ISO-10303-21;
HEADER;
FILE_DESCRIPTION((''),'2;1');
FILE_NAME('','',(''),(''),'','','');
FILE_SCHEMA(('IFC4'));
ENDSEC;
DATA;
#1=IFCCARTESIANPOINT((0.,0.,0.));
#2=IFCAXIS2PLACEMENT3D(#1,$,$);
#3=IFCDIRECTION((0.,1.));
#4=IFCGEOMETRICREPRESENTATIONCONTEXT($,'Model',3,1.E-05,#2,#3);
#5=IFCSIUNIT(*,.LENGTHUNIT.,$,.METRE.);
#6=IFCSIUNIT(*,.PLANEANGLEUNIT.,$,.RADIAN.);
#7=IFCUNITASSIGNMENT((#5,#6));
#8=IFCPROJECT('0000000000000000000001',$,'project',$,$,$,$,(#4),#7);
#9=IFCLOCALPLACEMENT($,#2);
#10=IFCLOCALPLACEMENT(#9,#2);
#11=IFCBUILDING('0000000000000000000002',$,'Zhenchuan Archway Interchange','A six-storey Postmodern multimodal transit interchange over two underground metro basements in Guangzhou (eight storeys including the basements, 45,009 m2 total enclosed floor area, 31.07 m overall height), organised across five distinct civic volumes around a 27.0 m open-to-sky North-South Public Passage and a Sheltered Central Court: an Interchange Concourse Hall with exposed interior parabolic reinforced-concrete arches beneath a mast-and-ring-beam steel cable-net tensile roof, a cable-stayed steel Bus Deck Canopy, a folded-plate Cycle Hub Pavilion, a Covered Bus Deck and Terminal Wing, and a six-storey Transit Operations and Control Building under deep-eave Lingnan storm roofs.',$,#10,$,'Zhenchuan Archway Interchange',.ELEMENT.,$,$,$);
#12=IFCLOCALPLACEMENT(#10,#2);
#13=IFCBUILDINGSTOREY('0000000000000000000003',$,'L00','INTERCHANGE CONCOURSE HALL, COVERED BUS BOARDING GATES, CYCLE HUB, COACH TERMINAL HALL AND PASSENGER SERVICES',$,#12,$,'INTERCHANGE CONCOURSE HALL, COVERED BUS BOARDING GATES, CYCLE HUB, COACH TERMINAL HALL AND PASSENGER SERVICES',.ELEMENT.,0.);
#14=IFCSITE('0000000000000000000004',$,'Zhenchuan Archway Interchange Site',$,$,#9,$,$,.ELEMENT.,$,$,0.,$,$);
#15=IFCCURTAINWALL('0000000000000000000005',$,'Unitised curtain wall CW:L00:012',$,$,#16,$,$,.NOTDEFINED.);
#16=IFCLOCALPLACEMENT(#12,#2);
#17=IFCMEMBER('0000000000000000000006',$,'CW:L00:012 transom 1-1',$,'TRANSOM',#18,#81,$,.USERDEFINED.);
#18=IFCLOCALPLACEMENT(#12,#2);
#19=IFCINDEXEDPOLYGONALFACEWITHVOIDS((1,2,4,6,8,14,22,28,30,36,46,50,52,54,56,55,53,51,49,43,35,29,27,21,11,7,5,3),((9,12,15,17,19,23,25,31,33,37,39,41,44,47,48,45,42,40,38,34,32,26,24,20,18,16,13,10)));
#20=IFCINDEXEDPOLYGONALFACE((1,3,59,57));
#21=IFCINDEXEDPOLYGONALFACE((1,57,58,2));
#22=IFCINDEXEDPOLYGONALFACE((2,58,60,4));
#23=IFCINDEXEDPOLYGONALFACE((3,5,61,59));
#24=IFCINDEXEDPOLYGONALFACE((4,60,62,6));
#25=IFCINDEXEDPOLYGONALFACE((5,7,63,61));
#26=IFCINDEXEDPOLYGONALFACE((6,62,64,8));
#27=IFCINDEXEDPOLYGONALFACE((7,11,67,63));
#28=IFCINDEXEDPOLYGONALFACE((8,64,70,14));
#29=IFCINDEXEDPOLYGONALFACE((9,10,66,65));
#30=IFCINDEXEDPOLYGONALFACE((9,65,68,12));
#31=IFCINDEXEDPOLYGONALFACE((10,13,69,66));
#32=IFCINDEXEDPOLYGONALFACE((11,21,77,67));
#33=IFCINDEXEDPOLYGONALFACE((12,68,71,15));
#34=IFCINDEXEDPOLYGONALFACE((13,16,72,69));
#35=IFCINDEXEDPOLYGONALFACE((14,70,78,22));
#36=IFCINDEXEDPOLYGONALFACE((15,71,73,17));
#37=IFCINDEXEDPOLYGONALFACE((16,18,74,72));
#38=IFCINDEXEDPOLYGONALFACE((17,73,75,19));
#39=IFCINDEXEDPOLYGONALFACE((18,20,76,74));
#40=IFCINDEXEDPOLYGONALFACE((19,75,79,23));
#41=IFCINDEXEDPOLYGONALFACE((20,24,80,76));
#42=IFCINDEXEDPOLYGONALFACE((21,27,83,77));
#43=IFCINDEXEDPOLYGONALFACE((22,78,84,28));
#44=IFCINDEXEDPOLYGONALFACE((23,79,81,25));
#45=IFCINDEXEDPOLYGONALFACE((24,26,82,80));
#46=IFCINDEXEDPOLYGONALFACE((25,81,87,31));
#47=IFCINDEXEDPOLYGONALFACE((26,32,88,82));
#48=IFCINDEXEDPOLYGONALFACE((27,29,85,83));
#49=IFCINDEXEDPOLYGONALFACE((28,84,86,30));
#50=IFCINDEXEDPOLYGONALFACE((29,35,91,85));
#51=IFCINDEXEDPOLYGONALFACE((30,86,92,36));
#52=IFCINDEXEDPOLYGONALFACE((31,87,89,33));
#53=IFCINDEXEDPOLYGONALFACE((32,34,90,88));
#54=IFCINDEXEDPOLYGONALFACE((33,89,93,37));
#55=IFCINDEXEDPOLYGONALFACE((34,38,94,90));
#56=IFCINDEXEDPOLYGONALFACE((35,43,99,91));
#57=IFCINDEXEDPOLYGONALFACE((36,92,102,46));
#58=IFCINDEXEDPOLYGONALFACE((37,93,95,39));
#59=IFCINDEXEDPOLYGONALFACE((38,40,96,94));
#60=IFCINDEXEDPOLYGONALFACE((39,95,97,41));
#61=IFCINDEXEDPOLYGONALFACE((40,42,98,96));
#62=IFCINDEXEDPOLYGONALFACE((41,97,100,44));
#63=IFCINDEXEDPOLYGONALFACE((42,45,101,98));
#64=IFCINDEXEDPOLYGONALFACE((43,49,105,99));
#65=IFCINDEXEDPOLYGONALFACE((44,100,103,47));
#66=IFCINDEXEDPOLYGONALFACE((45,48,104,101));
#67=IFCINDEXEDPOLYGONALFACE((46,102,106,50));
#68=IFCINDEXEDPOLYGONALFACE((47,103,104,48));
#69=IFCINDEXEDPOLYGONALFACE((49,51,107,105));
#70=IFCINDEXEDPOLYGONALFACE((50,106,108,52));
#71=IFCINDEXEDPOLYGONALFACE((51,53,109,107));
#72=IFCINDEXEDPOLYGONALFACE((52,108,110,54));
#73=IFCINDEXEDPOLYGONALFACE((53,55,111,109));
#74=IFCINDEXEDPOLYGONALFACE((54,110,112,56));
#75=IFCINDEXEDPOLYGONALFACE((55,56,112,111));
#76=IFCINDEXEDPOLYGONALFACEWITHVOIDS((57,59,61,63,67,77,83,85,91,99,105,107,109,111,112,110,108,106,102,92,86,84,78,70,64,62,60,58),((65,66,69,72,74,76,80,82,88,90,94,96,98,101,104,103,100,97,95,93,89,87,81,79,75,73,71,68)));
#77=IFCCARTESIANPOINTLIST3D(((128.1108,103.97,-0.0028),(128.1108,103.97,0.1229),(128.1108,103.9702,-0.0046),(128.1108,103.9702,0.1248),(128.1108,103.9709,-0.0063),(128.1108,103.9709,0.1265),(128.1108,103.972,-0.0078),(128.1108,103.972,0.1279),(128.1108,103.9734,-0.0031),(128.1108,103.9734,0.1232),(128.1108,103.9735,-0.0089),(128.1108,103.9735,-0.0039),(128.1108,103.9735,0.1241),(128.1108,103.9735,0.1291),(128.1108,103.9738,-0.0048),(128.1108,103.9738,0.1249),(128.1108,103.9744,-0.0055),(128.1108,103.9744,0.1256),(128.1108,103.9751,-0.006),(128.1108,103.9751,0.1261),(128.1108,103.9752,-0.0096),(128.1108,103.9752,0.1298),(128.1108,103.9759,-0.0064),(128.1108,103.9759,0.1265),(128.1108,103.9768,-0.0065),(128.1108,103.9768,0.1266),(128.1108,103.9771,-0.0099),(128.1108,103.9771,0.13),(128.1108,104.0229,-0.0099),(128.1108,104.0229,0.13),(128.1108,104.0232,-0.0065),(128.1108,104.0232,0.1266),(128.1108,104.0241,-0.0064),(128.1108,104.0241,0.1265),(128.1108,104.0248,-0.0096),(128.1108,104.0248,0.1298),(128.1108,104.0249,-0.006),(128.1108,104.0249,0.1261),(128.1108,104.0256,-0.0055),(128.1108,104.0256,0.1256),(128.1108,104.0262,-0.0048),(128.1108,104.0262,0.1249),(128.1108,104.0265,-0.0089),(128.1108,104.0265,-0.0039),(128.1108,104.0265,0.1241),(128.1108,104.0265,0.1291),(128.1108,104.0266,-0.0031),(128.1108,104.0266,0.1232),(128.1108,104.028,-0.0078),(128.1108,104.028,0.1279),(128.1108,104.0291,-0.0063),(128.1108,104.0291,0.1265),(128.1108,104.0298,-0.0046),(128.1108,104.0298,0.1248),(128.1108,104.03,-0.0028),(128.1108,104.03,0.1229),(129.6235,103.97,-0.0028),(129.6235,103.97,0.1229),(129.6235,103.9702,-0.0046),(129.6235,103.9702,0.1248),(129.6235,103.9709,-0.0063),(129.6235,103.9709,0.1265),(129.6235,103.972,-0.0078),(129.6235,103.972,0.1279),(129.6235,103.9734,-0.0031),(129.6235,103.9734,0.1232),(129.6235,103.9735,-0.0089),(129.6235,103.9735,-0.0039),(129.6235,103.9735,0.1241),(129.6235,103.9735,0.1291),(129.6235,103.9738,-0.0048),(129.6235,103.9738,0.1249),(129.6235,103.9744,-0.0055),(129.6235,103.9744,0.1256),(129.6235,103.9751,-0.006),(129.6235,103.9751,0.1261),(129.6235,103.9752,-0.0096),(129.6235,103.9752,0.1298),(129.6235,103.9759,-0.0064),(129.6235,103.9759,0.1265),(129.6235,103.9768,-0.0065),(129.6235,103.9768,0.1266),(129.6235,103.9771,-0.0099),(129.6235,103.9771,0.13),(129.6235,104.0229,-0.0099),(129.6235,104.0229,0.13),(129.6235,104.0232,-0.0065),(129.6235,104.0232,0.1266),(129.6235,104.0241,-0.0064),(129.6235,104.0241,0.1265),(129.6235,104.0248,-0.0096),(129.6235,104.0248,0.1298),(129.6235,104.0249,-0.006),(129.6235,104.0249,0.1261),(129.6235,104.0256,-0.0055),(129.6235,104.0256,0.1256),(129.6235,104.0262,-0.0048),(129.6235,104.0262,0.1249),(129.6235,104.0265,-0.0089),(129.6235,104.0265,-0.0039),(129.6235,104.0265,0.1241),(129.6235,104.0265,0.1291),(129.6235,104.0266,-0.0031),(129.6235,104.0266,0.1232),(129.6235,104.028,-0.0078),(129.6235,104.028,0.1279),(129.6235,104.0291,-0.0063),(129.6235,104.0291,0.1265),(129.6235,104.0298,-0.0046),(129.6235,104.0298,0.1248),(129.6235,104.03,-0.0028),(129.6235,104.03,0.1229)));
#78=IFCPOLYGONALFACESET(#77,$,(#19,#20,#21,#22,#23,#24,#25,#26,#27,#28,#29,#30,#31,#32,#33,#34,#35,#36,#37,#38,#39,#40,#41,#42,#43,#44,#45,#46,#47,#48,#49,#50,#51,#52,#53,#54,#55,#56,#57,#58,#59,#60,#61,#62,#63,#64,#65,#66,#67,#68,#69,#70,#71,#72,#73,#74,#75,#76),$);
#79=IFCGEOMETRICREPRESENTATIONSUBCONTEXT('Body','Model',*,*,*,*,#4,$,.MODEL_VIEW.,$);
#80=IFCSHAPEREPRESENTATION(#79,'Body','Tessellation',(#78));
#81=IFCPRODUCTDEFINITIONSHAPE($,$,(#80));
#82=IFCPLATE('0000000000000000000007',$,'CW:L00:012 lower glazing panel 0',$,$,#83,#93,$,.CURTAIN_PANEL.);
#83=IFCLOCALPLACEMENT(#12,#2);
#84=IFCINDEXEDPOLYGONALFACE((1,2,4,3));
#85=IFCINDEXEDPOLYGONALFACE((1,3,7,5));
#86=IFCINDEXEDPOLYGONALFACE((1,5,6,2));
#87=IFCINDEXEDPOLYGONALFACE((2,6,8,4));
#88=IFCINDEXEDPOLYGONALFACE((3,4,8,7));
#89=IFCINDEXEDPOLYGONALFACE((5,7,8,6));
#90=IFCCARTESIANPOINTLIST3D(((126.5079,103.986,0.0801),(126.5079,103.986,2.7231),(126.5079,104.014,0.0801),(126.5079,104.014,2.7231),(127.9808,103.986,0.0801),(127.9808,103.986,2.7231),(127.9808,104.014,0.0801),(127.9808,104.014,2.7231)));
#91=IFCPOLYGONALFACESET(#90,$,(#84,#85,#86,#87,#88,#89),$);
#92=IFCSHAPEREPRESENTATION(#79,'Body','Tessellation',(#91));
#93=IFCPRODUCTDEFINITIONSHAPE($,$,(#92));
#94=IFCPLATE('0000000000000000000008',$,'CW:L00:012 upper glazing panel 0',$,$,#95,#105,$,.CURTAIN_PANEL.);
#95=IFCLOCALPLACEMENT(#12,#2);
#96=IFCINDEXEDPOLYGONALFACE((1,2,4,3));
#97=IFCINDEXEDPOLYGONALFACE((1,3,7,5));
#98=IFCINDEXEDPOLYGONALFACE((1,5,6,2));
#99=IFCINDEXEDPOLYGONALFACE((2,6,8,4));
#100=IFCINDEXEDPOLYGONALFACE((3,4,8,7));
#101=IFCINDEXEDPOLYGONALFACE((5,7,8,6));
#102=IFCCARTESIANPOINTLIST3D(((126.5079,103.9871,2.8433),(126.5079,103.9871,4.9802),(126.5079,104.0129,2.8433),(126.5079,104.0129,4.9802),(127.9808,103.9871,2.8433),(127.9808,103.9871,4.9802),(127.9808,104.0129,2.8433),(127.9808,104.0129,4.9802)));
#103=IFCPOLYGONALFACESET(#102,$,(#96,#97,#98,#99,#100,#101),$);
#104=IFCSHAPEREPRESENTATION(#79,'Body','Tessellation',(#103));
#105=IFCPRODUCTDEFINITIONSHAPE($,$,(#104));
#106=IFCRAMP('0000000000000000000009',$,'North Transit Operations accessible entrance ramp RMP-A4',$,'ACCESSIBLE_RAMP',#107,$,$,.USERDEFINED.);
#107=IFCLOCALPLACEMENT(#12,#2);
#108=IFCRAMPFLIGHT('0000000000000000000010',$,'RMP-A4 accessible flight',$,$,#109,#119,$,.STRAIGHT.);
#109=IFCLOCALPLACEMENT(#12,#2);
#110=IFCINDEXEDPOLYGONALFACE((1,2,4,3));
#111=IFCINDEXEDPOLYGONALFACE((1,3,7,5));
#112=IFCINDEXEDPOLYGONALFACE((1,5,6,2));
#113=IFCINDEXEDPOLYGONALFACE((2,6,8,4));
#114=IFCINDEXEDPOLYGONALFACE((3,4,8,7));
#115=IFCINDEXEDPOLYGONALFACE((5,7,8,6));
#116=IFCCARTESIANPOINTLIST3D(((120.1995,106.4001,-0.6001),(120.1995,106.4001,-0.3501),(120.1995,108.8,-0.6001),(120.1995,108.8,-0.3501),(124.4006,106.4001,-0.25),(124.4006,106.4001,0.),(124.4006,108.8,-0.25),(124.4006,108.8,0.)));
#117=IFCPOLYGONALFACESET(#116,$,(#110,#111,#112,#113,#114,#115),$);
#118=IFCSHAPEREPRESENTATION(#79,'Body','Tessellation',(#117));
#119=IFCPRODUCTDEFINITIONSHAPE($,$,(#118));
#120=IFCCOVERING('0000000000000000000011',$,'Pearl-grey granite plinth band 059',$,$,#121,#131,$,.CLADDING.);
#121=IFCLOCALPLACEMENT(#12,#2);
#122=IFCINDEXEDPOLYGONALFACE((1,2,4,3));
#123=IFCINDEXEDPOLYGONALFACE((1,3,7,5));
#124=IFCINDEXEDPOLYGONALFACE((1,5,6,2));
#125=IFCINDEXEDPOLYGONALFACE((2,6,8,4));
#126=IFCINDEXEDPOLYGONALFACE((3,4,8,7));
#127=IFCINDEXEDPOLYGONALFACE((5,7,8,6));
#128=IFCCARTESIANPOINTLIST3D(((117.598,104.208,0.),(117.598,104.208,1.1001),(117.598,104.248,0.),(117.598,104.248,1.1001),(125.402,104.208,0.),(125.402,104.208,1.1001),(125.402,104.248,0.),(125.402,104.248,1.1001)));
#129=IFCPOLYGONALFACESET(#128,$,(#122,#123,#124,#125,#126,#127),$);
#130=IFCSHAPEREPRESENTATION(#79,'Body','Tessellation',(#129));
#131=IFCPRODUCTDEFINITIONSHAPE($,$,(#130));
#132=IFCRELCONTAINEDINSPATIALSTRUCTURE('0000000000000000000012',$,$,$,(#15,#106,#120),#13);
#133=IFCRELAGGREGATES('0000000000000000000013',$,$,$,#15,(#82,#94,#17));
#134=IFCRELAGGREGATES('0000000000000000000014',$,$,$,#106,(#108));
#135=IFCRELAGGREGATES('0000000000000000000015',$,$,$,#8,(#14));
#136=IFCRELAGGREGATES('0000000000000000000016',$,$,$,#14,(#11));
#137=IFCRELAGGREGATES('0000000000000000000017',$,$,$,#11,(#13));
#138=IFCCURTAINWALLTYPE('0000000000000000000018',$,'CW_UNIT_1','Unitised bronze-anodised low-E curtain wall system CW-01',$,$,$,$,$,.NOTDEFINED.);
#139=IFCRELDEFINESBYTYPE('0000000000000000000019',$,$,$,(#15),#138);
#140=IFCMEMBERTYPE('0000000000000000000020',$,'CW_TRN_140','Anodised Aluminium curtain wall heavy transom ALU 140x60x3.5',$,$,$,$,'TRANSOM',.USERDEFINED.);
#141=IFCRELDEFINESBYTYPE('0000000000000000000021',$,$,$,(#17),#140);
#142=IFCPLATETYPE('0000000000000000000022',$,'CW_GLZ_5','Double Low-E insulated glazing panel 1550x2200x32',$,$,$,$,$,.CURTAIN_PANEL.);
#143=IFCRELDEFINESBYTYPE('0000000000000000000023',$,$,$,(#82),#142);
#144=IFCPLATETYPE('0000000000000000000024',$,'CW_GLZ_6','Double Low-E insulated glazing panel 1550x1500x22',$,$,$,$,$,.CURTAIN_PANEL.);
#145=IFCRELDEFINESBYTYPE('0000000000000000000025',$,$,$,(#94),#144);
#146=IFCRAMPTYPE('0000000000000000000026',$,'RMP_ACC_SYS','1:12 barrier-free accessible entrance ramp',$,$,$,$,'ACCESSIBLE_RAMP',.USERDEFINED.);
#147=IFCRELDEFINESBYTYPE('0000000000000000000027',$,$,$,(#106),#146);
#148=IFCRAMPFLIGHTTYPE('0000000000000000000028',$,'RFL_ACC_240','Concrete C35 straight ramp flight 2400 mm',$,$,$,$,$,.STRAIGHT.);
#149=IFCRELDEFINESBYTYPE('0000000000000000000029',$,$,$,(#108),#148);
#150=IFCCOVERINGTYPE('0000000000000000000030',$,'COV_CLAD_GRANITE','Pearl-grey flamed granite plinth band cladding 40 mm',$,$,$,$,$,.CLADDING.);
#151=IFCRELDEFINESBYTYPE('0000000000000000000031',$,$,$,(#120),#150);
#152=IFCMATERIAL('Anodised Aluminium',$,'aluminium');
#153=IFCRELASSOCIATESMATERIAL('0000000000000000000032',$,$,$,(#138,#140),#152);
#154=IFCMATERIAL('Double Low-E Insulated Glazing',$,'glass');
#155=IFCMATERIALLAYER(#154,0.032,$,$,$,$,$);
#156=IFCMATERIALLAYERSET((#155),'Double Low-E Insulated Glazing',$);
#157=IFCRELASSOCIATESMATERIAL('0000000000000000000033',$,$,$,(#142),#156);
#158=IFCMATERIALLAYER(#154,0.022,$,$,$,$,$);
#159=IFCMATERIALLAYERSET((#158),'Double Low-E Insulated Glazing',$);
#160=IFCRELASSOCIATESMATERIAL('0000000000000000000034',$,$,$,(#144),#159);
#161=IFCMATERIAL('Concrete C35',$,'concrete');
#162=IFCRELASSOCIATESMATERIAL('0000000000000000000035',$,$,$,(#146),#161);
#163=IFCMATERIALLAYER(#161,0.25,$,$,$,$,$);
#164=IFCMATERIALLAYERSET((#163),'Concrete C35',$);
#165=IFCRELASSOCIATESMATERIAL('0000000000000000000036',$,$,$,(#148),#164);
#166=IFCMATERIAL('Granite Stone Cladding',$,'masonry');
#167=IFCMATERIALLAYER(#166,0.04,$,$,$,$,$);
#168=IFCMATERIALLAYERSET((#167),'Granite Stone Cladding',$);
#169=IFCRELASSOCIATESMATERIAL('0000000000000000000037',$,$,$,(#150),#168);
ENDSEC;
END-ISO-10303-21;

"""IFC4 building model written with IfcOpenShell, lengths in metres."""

from ifc_helpers import new_model, si_unit, direction, frame, origin, origin_2d, place, context, subcontext, project, spatial, polyline, rectangle, hollow_rectangle, outline, extrude, material, layer, layer_set, material_profile, profile_set, type_object, element, aggregate, save


model = new_model("IFC4")

# Units and contexts
model_context = context("Model", 3, precision=1e-05, world=origin(), true_north=direction((0.0, 1.0)))
body_context = subcontext(model_context, "Body", "Model", "MODEL_VIEW")
ifc_project = project(units=[si_unit("LENGTHUNIT", "METRE"), si_unit("PLANEANGLEUNIT", "RADIAN")], contexts=[model_context])

# Site, building, storey
site_placement = place(None, origin())
site = spatial("IfcSite", under=ifc_project, at=site_placement, Name="Zhenchuan Archway Interchange Site", CompositionType="ELEMENT", RefElevation=0.0)
building_placement = place(site_placement, origin())
building = spatial("IfcBuilding", under=site, at=building_placement, Name="Zhenchuan Archway Interchange", Description="A six-storey Postmodern multimodal transit interchange over two underground metro basements in Guangzhou (eight storeys including the basements, 45,009 m2 total enclosed floor area, 31.07 m overall height), organised across five distinct civic volumes around a 27.0 m open-to-sky North-South Public Passage and a Sheltered Central Court: an Interchange Concourse Hall with exposed interior parabolic reinforced-concrete arches beneath a mast-and-ring-beam steel cable-net tensile roof, a cable-stayed steel Bus Deck Canopy, a folded-plate Cycle Hub Pavilion, a Covered Bus Deck and Terminal Wing, and a six-storey Transit Operations and Control Building under deep-eave Lingnan storm roofs.", LongName="Zhenchuan Archway Interchange", CompositionType="ELEMENT")
storey_placement = place(building_placement, origin())
storey = spatial("IfcBuildingStorey", under=building, at=storey_placement, Name="L00", Description="INTERCHANGE CONCOURSE HALL, COVERED BUS BOARDING GATES, CYCLE HUB, COACH TERMINAL HALL AND PASSENGER SERVICES", LongName="INTERCHANGE CONCOURSE HALL, COVERED BUS BOARDING GATES, CYCLE HUB, COACH TERMINAL HALL AND PASSENGER SERVICES", CompositionType="ELEMENT", Elevation=0.0)

# Shared definitions
ifc_material_1 = material(Name="Concrete C35", Category="concrete")

# Curtain wall, member, plates
ifc_material_2 = material(Name="Anodised Aluminium", Category="aluminium")
curtain_wall_type = type_object("IfcCurtainWallType", Name="CW_UNIT_1", Description="Unitised bronze-anodised low-E curtain wall system CW-01", PredefinedType="NOTDEFINED", material=ifc_material_2)
curtain_wall_placement = place(storey_placement, origin())
curtain_wall = element("IfcCurtainWall", 1, at=curtain_wall_placement, inside=storey, type_object=curtain_wall_type, Name="Unitised curtain wall CW:L00:012", PredefinedType="NOTDEFINED")
ifc_material_profile_1 = material_profile(ifc_material_2, hollow_rectangle(XDim=0.0601, YDim=0.1399, WallThickness=0.0034, InnerFilletRadius=0.0034, OuterFilletRadius=0.0071, at=origin_2d()), Name="ALU 140x60x3.5")
ifc_profile_set_1 = profile_set([ifc_material_profile_1], Name="Anodised Aluminium")
member_type_1 = type_object("IfcMemberType", Name="CW_TRN_140", Description="Anodised Aluminium curtain wall heavy transom ALU 140x60x3.5", ElementType="TRANSOM", PredefinedType="USERDEFINED", material=ifc_profile_set_1)
member_1_placement = place(storey_placement, frame((128.1108, 104.0, 0.0601), z_axis=(1.0, 0.0, 0.0), x_axis=(0.0, 1.0, 0.0)))
member_1 = element("IfcMember", 2, at=member_1_placement, type_object=member_type_1, Name="CW:L00:012 transom 1-1", ObjectType="TRANSOM", PredefinedType="USERDEFINED", context=body_context, shape_type="SweptSolid", body=[
    extrude(hollow_rectangle(XDim=0.0601, YDim=0.1399, WallThickness=0.0034, InnerFilletRadius=0.0034, OuterFilletRadius=0.0071, at=origin_2d()), origin(), (0.0, 0.0, 1.0), 1.5127),
])
ifc_material_3 = material(Name="Double Low-E Insulated Glazing", Category="glass")
ifc_layer_1 = layer(ifc_material_3, 0.032)
ifc_layer_set_1 = layer_set([ifc_layer_1], Name="Double Low-E Insulated Glazing")
plate_type_1 = type_object("IfcPlateType", Name="CW_GLZ_5", Description="Double Low-E insulated glazing panel 1550x2200x32", PredefinedType="CURTAIN_PANEL", material=ifc_layer_set_1)
plate_1_placement = place(storey_placement, frame((127.2444, 104.0, 0.0801), z_axis=(0.0, 0.0, 1.0), x_axis=(1.0, 0.0, 0.0)))
plate_1 = element("IfcPlate", 3, at=plate_1_placement, type_object=plate_type_1, Name="CW:L00:012 lower glazing panel 0", PredefinedType="CURTAIN_PANEL", context=body_context, shape_type="SweptSolid", body=[
    extrude(rectangle(XDim=1.4729, YDim=0.0281, at=origin_2d()), origin(), (0.0, 0.0, 1.0), 2.6431),
])
ifc_layer_2 = layer(ifc_material_3, 0.022)
ifc_layer_set_2 = layer_set([ifc_layer_2], Name="Double Low-E Insulated Glazing")
plate_type_2 = type_object("IfcPlateType", Name="CW_GLZ_6", Description="Double Low-E insulated glazing panel 1550x1500x22", PredefinedType="CURTAIN_PANEL", material=ifc_layer_set_2)
plate_2_placement = place(storey_placement, frame((127.2444, 104.0, 2.8433), z_axis=(0.0, 0.0, 1.0), x_axis=(1.0, 0.0, 0.0)))
plate_2 = element("IfcPlate", 4, at=plate_2_placement, type_object=plate_type_2, Name="CW:L00:012 upper glazing panel 0", PredefinedType="CURTAIN_PANEL", context=body_context, shape_type="SweptSolid", body=[
    extrude(rectangle(XDim=1.4729, YDim=0.0259, at=origin_2d()), origin(), (0.0, 0.0, 1.0), 2.137),
])
aggregate(curtain_wall, [plate_1, plate_2, member_1])

# Ramp, ramp flight
ramp_type = type_object("IfcRampType", Name="RMP_ACC_SYS", Description="1:12 barrier-free accessible entrance ramp", ElementType="ACCESSIBLE_RAMP", PredefinedType="USERDEFINED", material=ifc_material_1)
ramp_placement = place(storey_placement, origin())
ramp = element("IfcRamp", 5, at=ramp_placement, inside=storey, type_object=ramp_type, Name="North Transit Operations accessible entrance ramp RMP-A4", ObjectType="ACCESSIBLE_RAMP", PredefinedType="USERDEFINED")
ifc_layer_3 = layer(ifc_material_1, 0.25)
ifc_layer_set_3 = layer_set([ifc_layer_3], Name="Concrete C35")
ramp_flight_type = type_object("IfcRampFlightType", Name="RFL_ACC_240", Description="Concrete C35 straight ramp flight 2400 mm", PredefinedType="STRAIGHT", material=ifc_layer_set_3)
ramp_flight_placement = place(storey_placement, frame((120.1995, 107.6001, -0.3501), z_axis=(0.0, 0.0, 1.0), x_axis=(1.0, 0.0, 0.0)))
ramp_flight = element("IfcRampFlight", 6, at=ramp_flight_placement, type_object=ramp_flight_type, Name="RMP-A4 accessible flight", PredefinedType="STRAIGHT", context=body_context, shape_type="SweptSolid", body=[
    extrude(outline(polyline([(0.0, 0.0), (4.2012, 0.3501), (4.2012, 0.1001), (0.0, -0.25), (0.0, 0.0)])), frame((0.0, 1.2, 0.0), z_axis=(0.0, -1.0, 0.0), x_axis=(1.0, 0.0, 0.0)), (0.0, 0.0, 1.0), 2.3999),
])
aggregate(ramp, [ramp_flight])

# Covering
ifc_material_4 = material(Name="Granite Stone Cladding", Category="masonry")
ifc_layer_4 = layer(ifc_material_4, 0.04)
ifc_layer_set_4 = layer_set([ifc_layer_4], Name="Granite Stone Cladding")
covering_type = type_object("IfcCoveringType", Name="COV_CLAD_GRANITE", Description="Pearl-grey flamed granite plinth band cladding 40 mm", PredefinedType="CLADDING", material=ifc_layer_set_4)
covering_placement = place(storey_placement, frame((121.5, 104.228, 0.0), z_axis=(0.0, 0.0, 1.0), x_axis=(1.0, 0.0, 0.0)))
element("IfcCovering", 7, at=covering_placement, inside=storey, type_object=covering_type, Name="Pearl-grey granite plinth band 059", PredefinedType="CLADDING", context=body_context, shape_type="SweptSolid", body=[
    extrude(rectangle(XDim=7.804, YDim=0.04, at=origin_2d()), origin(), (0.0, 0.0, 1.0), 1.1001),
])

save(model, "model.ifc")
